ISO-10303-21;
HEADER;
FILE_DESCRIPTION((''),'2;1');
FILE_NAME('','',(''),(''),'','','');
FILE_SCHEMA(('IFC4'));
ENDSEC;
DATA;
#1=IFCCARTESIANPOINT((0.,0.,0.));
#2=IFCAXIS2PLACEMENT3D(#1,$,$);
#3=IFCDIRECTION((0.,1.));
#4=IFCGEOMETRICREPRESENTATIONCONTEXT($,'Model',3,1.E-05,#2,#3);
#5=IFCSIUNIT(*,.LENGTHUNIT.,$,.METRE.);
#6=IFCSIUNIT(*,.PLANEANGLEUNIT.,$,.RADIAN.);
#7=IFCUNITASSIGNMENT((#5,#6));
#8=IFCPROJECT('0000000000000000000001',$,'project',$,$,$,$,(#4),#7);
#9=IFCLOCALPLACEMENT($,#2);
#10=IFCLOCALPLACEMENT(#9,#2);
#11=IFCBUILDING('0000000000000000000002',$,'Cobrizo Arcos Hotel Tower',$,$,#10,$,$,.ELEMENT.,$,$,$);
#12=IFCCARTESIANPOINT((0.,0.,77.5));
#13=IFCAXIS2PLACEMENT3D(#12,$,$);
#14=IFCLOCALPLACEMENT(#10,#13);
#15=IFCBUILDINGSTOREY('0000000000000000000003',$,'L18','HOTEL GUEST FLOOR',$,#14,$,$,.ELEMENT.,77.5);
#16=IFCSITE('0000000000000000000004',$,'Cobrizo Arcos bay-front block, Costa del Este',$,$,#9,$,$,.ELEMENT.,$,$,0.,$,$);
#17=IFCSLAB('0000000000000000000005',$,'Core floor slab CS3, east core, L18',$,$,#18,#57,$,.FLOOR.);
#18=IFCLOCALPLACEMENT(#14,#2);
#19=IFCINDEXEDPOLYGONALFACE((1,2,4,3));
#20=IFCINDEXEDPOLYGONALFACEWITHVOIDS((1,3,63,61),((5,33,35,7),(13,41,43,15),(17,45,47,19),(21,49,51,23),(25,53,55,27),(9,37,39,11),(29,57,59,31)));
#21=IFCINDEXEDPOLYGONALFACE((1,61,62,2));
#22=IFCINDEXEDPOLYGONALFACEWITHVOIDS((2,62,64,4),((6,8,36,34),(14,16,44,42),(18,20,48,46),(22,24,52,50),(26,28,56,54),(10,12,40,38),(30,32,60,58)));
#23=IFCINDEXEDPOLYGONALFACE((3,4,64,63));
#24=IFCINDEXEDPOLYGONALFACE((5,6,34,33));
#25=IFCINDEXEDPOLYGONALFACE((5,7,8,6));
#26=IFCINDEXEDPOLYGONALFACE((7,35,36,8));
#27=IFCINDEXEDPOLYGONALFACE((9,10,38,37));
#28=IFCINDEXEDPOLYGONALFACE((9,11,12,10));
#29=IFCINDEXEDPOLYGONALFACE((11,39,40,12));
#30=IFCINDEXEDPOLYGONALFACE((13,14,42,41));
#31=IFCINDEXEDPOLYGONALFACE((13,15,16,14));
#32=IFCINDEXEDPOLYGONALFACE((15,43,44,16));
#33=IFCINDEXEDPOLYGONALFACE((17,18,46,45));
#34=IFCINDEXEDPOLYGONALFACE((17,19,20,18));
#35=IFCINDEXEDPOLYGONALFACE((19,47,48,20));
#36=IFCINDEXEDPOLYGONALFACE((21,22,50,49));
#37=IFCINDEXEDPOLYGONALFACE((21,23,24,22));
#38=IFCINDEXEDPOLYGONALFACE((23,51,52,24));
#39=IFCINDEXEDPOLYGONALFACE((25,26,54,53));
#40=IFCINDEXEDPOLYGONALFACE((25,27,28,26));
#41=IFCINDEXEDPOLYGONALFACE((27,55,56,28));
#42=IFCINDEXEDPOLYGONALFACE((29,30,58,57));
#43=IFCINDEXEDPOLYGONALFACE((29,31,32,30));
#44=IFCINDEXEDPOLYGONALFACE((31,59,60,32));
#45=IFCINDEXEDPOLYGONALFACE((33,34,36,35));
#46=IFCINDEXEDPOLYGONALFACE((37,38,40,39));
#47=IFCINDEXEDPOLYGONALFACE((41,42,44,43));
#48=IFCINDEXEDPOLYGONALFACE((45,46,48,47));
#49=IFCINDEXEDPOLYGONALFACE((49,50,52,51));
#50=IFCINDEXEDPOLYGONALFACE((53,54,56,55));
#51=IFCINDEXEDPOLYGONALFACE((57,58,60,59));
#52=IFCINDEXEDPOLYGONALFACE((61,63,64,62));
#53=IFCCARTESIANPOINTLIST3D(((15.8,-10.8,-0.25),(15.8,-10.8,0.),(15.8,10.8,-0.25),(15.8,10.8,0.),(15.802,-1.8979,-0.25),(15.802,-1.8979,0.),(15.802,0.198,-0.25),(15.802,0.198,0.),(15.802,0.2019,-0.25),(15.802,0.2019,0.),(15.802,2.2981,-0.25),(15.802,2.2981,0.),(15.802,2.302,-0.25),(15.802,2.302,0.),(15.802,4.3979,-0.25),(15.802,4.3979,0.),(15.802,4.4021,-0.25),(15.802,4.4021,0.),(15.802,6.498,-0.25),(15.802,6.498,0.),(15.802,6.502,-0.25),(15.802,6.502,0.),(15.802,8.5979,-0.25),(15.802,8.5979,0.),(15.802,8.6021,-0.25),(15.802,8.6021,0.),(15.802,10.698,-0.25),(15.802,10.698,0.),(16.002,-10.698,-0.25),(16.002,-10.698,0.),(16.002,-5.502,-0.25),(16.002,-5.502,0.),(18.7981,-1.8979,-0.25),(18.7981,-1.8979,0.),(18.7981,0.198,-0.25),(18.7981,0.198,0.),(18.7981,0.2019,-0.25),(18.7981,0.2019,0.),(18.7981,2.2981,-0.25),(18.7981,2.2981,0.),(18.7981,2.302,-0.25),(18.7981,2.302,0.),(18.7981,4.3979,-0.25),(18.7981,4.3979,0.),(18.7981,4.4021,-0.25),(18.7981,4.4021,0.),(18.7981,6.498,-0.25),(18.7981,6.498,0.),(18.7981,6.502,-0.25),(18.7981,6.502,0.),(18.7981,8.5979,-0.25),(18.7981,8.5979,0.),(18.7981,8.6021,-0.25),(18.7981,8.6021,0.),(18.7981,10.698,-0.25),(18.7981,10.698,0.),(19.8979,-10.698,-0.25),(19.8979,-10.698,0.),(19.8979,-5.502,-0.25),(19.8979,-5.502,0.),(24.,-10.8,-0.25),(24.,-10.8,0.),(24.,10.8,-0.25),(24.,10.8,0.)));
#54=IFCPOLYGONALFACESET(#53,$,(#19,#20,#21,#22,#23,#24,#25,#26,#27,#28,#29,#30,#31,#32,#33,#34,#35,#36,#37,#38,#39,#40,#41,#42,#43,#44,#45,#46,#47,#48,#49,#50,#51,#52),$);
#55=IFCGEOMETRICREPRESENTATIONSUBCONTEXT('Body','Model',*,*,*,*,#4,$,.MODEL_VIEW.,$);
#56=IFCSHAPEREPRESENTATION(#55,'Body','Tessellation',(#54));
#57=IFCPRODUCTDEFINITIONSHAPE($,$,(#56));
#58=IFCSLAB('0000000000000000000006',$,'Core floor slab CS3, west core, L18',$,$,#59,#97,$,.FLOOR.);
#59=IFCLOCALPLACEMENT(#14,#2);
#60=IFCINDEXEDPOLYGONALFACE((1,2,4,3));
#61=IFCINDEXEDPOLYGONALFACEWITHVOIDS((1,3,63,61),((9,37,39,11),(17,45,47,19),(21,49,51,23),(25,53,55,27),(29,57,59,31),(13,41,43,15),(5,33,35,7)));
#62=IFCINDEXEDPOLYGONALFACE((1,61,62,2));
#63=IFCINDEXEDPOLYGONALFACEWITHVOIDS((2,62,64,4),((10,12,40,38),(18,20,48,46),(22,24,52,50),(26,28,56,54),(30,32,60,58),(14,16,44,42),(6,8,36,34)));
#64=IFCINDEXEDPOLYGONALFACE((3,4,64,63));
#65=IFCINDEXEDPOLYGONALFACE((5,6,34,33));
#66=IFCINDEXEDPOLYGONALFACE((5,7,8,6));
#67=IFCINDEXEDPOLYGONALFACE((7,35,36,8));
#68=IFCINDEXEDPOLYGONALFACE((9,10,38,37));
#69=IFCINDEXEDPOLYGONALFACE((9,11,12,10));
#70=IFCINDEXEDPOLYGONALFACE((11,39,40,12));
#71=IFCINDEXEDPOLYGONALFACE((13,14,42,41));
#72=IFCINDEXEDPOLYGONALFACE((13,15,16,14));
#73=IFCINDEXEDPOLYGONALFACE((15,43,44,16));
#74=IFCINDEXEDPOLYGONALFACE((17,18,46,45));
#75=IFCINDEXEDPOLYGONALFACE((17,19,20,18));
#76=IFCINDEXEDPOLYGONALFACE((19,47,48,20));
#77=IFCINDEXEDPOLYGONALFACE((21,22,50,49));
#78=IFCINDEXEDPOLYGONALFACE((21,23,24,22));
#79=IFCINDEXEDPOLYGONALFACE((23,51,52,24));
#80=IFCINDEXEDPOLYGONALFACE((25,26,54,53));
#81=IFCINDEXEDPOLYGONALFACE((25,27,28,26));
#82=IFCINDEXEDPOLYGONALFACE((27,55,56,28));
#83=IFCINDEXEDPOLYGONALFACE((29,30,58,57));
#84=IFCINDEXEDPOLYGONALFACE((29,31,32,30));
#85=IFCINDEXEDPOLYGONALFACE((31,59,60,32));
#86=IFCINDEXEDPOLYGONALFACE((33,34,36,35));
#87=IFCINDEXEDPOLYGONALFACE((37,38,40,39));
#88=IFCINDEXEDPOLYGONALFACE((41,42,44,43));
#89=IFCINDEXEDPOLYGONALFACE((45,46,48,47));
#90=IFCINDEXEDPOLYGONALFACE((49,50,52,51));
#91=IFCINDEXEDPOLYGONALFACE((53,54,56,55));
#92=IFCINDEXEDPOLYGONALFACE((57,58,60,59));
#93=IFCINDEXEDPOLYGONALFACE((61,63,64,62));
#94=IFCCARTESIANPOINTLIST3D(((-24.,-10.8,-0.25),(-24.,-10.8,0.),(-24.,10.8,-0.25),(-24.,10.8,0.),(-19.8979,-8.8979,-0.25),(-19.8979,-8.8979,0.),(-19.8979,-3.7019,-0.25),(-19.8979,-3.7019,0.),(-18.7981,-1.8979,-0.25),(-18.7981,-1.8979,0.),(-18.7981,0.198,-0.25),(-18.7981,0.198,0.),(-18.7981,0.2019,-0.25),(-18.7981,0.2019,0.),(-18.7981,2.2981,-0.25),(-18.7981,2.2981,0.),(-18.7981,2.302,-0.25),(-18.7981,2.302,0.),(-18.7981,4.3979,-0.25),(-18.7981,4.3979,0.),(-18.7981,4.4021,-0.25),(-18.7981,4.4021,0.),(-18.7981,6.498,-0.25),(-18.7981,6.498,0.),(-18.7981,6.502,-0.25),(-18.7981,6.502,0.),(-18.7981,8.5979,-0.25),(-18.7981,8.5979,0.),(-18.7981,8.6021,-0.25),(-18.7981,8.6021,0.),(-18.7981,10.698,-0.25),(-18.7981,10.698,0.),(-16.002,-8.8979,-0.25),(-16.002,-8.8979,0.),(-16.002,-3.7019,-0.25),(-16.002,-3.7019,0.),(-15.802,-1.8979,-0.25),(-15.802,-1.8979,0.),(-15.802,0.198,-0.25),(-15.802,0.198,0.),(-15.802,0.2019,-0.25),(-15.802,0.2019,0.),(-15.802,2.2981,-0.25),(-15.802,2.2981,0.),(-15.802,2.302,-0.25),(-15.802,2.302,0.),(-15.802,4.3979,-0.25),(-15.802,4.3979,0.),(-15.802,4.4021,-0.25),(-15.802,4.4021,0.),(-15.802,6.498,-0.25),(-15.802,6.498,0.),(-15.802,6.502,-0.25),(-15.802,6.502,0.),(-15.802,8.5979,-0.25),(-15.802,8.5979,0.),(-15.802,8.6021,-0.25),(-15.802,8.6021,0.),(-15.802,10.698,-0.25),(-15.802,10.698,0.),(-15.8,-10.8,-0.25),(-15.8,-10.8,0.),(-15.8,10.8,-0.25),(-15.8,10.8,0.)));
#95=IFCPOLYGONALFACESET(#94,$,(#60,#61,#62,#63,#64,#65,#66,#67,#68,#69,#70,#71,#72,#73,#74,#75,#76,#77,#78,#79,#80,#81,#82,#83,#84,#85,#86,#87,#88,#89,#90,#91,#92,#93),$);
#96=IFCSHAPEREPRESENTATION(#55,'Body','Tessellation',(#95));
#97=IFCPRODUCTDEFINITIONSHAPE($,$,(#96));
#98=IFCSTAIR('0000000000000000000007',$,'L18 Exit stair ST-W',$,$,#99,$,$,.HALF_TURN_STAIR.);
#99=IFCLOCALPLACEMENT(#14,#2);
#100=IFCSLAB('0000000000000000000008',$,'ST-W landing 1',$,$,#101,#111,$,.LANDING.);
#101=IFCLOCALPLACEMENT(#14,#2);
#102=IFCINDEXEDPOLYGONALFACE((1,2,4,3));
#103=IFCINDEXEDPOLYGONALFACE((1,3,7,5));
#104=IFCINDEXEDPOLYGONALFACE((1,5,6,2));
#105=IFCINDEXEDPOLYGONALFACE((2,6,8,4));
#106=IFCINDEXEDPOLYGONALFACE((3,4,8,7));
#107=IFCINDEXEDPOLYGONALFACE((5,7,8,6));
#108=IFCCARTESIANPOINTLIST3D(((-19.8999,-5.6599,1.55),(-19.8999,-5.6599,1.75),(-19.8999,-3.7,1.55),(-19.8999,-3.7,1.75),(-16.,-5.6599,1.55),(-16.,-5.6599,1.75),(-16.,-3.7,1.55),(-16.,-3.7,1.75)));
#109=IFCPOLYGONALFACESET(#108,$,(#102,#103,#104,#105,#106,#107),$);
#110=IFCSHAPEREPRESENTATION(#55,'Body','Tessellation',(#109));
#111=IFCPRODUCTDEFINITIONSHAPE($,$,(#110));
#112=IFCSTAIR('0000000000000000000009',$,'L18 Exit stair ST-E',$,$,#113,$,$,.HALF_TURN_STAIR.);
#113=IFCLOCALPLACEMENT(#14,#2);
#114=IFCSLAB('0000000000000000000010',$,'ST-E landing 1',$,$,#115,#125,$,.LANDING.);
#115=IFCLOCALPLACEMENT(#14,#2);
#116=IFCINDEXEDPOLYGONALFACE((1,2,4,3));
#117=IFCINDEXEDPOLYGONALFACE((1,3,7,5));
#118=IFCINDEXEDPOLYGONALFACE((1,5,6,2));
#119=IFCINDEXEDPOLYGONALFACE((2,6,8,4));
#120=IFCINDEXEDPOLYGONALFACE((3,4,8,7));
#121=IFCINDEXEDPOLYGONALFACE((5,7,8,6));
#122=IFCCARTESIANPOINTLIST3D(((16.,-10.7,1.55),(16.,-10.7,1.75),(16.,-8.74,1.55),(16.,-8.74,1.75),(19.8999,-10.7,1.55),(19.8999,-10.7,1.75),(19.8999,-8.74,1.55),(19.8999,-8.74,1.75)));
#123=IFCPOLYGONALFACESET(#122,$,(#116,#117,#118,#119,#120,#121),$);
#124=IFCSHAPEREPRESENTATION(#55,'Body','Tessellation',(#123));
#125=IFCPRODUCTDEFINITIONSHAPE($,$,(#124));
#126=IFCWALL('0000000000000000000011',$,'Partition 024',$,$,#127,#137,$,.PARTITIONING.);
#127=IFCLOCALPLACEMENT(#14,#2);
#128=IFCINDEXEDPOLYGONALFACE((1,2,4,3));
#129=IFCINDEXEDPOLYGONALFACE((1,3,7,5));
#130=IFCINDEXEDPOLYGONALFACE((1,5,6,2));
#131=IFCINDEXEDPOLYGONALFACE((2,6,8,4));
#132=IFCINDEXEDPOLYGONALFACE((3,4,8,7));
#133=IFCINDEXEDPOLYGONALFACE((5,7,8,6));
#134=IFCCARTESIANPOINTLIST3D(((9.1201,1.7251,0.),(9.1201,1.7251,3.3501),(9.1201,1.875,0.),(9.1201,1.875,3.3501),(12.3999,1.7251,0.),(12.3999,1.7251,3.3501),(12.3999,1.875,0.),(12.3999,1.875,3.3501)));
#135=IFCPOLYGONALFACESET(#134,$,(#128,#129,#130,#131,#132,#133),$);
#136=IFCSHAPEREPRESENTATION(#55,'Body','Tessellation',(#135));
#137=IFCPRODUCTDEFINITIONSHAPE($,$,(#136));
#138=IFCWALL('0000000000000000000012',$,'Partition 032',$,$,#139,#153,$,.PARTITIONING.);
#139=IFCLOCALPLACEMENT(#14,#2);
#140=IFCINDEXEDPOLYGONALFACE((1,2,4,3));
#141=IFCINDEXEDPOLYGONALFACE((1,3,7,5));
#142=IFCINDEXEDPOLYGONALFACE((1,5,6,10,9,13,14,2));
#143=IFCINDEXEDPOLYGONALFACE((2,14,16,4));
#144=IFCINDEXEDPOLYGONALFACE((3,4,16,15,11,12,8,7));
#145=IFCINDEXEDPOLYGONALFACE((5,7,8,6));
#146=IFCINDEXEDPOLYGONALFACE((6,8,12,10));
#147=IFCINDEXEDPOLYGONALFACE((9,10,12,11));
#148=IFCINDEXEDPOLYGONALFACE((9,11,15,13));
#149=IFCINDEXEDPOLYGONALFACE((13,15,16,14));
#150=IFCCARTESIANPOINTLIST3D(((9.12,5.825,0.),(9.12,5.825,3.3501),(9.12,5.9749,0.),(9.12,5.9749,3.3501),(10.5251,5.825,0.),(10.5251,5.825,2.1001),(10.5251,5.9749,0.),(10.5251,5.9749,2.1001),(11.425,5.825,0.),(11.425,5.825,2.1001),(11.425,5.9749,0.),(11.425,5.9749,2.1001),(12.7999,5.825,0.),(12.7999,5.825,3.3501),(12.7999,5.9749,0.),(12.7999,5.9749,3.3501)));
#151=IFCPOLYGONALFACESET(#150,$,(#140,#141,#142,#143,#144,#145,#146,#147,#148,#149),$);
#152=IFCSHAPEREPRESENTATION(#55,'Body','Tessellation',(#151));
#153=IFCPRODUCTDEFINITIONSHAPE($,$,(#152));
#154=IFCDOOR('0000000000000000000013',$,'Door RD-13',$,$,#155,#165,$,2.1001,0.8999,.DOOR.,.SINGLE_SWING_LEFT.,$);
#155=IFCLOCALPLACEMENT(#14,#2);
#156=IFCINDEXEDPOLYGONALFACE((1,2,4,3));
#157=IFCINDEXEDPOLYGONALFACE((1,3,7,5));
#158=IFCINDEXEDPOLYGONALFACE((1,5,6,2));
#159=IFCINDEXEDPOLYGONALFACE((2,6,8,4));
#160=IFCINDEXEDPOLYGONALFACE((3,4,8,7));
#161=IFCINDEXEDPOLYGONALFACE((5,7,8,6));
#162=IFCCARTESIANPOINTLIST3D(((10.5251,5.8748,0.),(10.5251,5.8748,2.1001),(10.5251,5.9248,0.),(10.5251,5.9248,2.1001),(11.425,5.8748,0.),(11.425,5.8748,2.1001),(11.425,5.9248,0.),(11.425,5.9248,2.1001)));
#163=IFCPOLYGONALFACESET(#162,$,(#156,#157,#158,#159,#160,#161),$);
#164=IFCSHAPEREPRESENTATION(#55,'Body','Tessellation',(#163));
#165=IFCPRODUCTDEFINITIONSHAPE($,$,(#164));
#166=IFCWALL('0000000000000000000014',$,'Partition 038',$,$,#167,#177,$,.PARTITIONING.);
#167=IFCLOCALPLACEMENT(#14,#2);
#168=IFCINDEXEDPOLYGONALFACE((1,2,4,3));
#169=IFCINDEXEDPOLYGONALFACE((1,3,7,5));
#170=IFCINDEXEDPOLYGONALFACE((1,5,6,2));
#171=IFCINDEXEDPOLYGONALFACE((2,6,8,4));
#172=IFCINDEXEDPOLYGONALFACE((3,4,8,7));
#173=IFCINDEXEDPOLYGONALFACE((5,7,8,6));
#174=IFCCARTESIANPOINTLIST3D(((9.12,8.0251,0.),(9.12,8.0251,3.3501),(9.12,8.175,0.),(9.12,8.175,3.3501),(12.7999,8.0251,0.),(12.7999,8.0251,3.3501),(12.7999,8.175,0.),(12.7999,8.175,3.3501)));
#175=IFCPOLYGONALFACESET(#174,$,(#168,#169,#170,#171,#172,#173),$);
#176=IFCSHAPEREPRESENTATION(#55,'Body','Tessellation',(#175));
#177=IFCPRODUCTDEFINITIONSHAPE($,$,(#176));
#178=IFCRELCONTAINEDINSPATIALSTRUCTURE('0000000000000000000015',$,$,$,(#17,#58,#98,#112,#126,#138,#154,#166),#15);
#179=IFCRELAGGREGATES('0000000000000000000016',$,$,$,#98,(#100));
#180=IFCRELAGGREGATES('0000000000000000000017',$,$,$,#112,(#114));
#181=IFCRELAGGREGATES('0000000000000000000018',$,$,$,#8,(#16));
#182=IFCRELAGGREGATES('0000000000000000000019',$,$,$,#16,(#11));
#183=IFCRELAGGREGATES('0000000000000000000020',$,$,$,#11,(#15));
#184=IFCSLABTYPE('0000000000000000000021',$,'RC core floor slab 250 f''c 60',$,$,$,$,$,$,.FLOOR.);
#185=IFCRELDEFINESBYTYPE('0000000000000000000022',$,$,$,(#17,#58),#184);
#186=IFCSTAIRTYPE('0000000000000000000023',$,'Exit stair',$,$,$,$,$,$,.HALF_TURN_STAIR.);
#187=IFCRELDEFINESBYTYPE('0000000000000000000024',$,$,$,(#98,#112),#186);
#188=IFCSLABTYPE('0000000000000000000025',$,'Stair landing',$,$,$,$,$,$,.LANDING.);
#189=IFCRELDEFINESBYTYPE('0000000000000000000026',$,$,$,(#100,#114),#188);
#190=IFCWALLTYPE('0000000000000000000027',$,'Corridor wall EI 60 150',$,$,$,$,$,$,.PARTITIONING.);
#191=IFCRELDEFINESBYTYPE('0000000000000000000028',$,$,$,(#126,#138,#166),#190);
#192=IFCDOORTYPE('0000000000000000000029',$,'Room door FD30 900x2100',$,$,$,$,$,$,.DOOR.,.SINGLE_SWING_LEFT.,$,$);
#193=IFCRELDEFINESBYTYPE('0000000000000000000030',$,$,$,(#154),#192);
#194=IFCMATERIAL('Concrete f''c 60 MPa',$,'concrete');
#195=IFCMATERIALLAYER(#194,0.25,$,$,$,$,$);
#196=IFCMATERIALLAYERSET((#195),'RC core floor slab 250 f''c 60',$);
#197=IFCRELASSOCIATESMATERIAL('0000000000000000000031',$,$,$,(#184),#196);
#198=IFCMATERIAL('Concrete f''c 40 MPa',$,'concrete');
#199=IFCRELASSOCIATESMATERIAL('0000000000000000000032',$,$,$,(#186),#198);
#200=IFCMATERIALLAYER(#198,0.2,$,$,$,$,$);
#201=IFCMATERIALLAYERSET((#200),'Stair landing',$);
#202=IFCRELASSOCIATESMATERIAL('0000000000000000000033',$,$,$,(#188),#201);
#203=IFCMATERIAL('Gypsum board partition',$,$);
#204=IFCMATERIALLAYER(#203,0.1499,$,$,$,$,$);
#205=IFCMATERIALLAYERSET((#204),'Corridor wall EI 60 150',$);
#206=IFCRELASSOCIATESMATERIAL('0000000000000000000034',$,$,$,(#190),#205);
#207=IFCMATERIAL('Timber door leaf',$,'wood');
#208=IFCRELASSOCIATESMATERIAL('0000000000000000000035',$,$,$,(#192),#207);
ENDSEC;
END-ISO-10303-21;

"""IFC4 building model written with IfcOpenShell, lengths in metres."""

from ifc_helpers import new_model, si_unit, direction, frame, frame_2d, origin, place, context, subcontext, project, spatial, polyline, rectangle, outline, extrude, material, layer, layer_set, type_object, element, fill, aggregate, save


model = new_model("IFC4")

# Units and contexts
model_context = context("Model", 3, precision=1e-05, world=origin(), true_north=direction((0.0, 1.0)))
body_context = subcontext(model_context, "Body", "Model", "MODEL_VIEW")
ifc_project = project(units=[si_unit("LENGTHUNIT", "METRE"), si_unit("PLANEANGLEUNIT", "RADIAN")], contexts=[model_context])

# Site, building, storey
site_placement = place(None, origin())
site = spatial("IfcSite", under=ifc_project, at=site_placement, Name="Cobrizo Arcos bay-front block, Costa del Este", CompositionType="ELEMENT", RefElevation=0.0)
building_placement = place(site_placement, origin())
building = spatial("IfcBuilding", under=site, at=building_placement, Name="Cobrizo Arcos Hotel Tower", CompositionType="ELEMENT")
storey_placement = place(building_placement, frame((0.0, 0.0, 77.5)))
storey = spatial("IfcBuildingStorey", under=building, at=storey_placement, Name="L18", Description="HOTEL GUEST FLOOR", CompositionType="ELEMENT", Elevation=77.5)

# Slabs
ifc_material_1 = material(Name="Concrete f'c 60 MPa", Category="concrete")
ifc_layer_1 = layer(ifc_material_1, 0.25)
ifc_layer_set_1 = layer_set([ifc_layer_1], Name="RC core floor slab 250 f'c 60")
slab_type_1 = type_object("IfcSlabType", Name="RC core floor slab 250 f'c 60", PredefinedType="FLOOR", material=ifc_layer_set_1)
slab_1_placement = place(storey_placement, frame((0.0, 0.0, -0.25)))
element("IfcSlab", 1, at=slab_1_placement, inside=storey, type_object=slab_type_1, Name="Core floor slab CS3, east core, L18", PredefinedType="FLOOR", context=body_context, shape_type="SweptSolid", body=[
    extrude(outline(polyline([(15.8, 10.8), (24.0, 10.8), (24.0, -10.8), (15.8, -10.8), (15.8, 10.8)]), holes=[polyline([(19.8979, -10.698), (19.8979, -5.502), (16.002, -5.502), (16.002, -10.698), (19.8979, -10.698)]), polyline([(15.802, 0.198), (15.802, -1.8979), (18.7981, -1.8979), (18.7981, 0.198), (15.802, 0.198)]), polyline([(18.7981, 2.2981), (15.802, 2.2981), (15.802, 0.2019), (18.7981, 0.2019), (18.7981, 2.2981)]), polyline([(18.7981, 4.3979), (15.802, 4.3979), (15.802, 2.302), (18.7981, 2.302), (18.7981, 4.3979)]), polyline([(15.802, 6.498), (15.802, 4.4021), (18.7981, 4.4021), (18.7981, 6.498), (15.802, 6.498)]), polyline([(18.7981, 8.5979), (15.802, 8.5979), (15.802, 6.502), (18.7981, 6.502), (18.7981, 8.5979)]), polyline([(18.7981, 10.698), (15.802, 10.698), (15.802, 8.6021), (18.7981, 8.6021), (18.7981, 10.698)])]), origin(), (0.0, 0.0, 1.0), 0.25),
])
slab_2_placement = place(storey_placement, frame((0.0, 0.0, -0.25)))
element("IfcSlab", 2, at=slab_2_placement, inside=storey, type_object=slab_type_1, Name="Core floor slab CS3, west core, L18", PredefinedType="FLOOR", context=body_context, shape_type="SweptSolid", body=[
    extrude(outline(polyline([(-24.0, 10.8), (-15.8, 10.8), (-15.8, -10.8), (-24.0, -10.8), (-24.0, 10.8)]), holes=[polyline([(-19.8979, -3.7019), (-19.8979, -8.8979), (-16.002, -8.8979), (-16.002, -3.7019), (-19.8979, -3.7019)]), polyline([(-18.7981, 0.198), (-18.7981, -1.8979), (-15.802, -1.8979), (-15.802, 0.198), (-18.7981, 0.198)]), polyline([(-15.802, 2.2981), (-18.7981, 2.2981), (-18.7981, 0.2019), (-15.802, 0.2019), (-15.802, 2.2981)]), polyline([(-15.802, 4.3979), (-18.7981, 4.3979), (-18.7981, 2.302), (-15.802, 2.302), (-15.802, 4.3979)]), polyline([(-18.7981, 6.498), (-18.7981, 4.4021), (-15.802, 4.4021), (-15.802, 6.498), (-18.7981, 6.498)]), polyline([(-15.802, 8.5979), (-18.7981, 8.5979), (-18.7981, 6.502), (-15.802, 6.502), (-15.802, 8.5979)]), polyline([(-15.802, 10.698), (-18.7981, 10.698), (-18.7981, 8.6021), (-15.802, 8.6021), (-15.802, 10.698)])]), origin(), (0.0, 0.0, 1.0), 0.25),
])

# Stairs, slabs
ifc_material_2 = material(Name="Concrete f'c 40 MPa", Category="concrete")
stair_type = type_object("IfcStairType", Name="Exit stair", PredefinedType="HALF_TURN_STAIR", material=ifc_material_2)
stair_1_placement = place(storey_placement, origin())
stair_1 = element("IfcStair", 3, at=stair_1_placement, inside=storey, type_object=stair_type, Name="L18 Exit stair ST-W", PredefinedType="HALF_TURN_STAIR")
ifc_layer_2 = layer(ifc_material_2, 0.2)
ifc_layer_set_2 = layer_set([ifc_layer_2], Name="Stair landing")
slab_type_2 = type_object("IfcSlabType", Name="Stair landing", PredefinedType="LANDING", material=ifc_layer_set_2)
slab_3_placement = place(storey_placement, frame((0.0, 0.0, 1.55)))
slab_3 = element("IfcSlab", 4, at=slab_3_placement, type_object=slab_type_2, Name="ST-W landing 1", PredefinedType="LANDING", context=body_context, shape_type="SweptSolid", body=[
    extrude(outline(polyline([(-16.0, -5.6599), (-16.0, -3.7), (-19.8999, -3.7), (-19.8999, -5.6599), (-16.0, -5.6599)])), origin(), (0.0, 0.0, 1.0), 0.2),
])
aggregate(stair_1, [slab_3])
stair_2_placement = place(storey_placement, origin())
stair_2 = element("IfcStair", 5, at=stair_2_placement, inside=storey, type_object=stair_type, Name="L18 Exit stair ST-E", PredefinedType="HALF_TURN_STAIR")
slab_4_placement = place(storey_placement, frame((0.0, 0.0, 1.55)))
slab_4 = element("IfcSlab", 6, at=slab_4_placement, type_object=slab_type_2, Name="ST-E landing 1", PredefinedType="LANDING", context=body_context, shape_type="SweptSolid", body=[
    extrude(outline(polyline([(16.0, -8.74), (16.0, -10.7), (19.8999, -10.7), (19.8999, -8.74), (16.0, -8.74)])), origin(), (0.0, 0.0, 1.0), 0.2),
])
aggregate(stair_2, [slab_4])

# Wall
ifc_material_3 = material(Name="Gypsum board partition")
ifc_layer_3 = layer(ifc_material_3, 0.1499)
ifc_layer_set_3 = layer_set([ifc_layer_3], Name="Corridor wall EI 60 150")
wall_type_1 = type_object("IfcWallType", Name="Corridor wall EI 60 150", PredefinedType="PARTITIONING", material=ifc_layer_set_3)
wall_1_placement = place(storey_placement, frame((9.1201, 1.8, 0.0), z_axis=(0.0, 0.0, 1.0), x_axis=(1.0, 0.0, 0.0)))
element("IfcWall", 7, at=wall_1_placement, inside=storey, type_object=wall_type_1, Name="Partition 024", PredefinedType="PARTITIONING", context=body_context, shape_type="SweptSolid", body=[
    extrude(rectangle(XDim=3.2798, YDim=0.1499, at=frame_2d((1.6399, 0.0))), origin(), (0.0, 0.0, 1.0), 3.3501),
])

# Wall, opening, door
wall_2_placement = place(storey_placement, frame((9.1201, 5.8999, 0.0), z_axis=(0.0, 0.0, 1.0), x_axis=(1.0, 0.0, 0.0)))
wall_2 = element("IfcWall", 8, at=wall_2_placement, inside=storey, type_object=wall_type_1, Name="Partition 032", PredefinedType="PARTITIONING", context=body_context, shape_type="SweptSolid", body=[
    extrude(rectangle(XDim=3.6799, YDim=0.1499, at=frame_2d((1.8398, 0.0))), origin(), (0.0, 0.0, 1.0), 3.3501),
])
opening_1_placement = place(wall_2_placement, frame((1.405, 0.0, 0.0)))
opening_1 = element("IfcOpeningElement", 9, at=opening_1_placement, cuts=wall_2, PredefinedType="OPENING", context=body_context, shape_type="SweptSolid", body=[
    extrude(rectangle(XDim=0.8999, YDim=2.1001, at=frame_2d((0.45, 1.05))), frame((0.0, 0.0869, 0.0), z_axis=(0.0, -1.0, 0.0), x_axis=(1.0, 0.0, 0.0)), (0.0, 0.0, 1.0), 0.1738),
])
ifc_material_4 = material(Name="Timber door leaf", Category="wood")
door_type_1 = type_object("IfcDoorType", Name="Room door FD30 900x2100", OperationType="SINGLE_SWING_LEFT", PredefinedType="DOOR", material=ifc_material_4)
door_1_placement = place(opening_1_placement, origin())
door_1 = element("IfcDoor", 10, at=door_1_placement, inside=storey, type_object=door_type_1, Name="Door RD-13", OperationType="SINGLE_SWING_LEFT", OverallHeight=2.1001, OverallWidth=0.8999, PredefinedType="DOOR", context=body_context, shape_type="SweptSolid", body=[
    extrude(rectangle(XDim=0.8999, YDim=2.1001, at=frame_2d((0.45, 1.05))), frame((0.0, 0.0249, 0.0), z_axis=(0.0, -1.0, 0.0), x_axis=(1.0, 0.0, 0.0)), (0.0, 0.0, 1.0), 0.05),
])
fill(opening_1, door_1)

# Wall
wall_3_placement = place(storey_placement, frame((9.1201, 8.1001, 0.0), z_axis=(0.0, 0.0, 1.0), x_axis=(1.0, 0.0, 0.0)))
element("IfcWall", 11, at=wall_3_placement, inside=storey, type_object=wall_type_1, Name="Partition 038", PredefinedType="PARTITIONING", context=body_context, shape_type="SweptSolid", body=[
    extrude(rectangle(XDim=3.6799, YDim=0.1499, at=frame_2d((1.8398, 0.0))), origin(), (0.0, 0.0, 1.0), 3.3501),
])

save(model, "model.ifc")
